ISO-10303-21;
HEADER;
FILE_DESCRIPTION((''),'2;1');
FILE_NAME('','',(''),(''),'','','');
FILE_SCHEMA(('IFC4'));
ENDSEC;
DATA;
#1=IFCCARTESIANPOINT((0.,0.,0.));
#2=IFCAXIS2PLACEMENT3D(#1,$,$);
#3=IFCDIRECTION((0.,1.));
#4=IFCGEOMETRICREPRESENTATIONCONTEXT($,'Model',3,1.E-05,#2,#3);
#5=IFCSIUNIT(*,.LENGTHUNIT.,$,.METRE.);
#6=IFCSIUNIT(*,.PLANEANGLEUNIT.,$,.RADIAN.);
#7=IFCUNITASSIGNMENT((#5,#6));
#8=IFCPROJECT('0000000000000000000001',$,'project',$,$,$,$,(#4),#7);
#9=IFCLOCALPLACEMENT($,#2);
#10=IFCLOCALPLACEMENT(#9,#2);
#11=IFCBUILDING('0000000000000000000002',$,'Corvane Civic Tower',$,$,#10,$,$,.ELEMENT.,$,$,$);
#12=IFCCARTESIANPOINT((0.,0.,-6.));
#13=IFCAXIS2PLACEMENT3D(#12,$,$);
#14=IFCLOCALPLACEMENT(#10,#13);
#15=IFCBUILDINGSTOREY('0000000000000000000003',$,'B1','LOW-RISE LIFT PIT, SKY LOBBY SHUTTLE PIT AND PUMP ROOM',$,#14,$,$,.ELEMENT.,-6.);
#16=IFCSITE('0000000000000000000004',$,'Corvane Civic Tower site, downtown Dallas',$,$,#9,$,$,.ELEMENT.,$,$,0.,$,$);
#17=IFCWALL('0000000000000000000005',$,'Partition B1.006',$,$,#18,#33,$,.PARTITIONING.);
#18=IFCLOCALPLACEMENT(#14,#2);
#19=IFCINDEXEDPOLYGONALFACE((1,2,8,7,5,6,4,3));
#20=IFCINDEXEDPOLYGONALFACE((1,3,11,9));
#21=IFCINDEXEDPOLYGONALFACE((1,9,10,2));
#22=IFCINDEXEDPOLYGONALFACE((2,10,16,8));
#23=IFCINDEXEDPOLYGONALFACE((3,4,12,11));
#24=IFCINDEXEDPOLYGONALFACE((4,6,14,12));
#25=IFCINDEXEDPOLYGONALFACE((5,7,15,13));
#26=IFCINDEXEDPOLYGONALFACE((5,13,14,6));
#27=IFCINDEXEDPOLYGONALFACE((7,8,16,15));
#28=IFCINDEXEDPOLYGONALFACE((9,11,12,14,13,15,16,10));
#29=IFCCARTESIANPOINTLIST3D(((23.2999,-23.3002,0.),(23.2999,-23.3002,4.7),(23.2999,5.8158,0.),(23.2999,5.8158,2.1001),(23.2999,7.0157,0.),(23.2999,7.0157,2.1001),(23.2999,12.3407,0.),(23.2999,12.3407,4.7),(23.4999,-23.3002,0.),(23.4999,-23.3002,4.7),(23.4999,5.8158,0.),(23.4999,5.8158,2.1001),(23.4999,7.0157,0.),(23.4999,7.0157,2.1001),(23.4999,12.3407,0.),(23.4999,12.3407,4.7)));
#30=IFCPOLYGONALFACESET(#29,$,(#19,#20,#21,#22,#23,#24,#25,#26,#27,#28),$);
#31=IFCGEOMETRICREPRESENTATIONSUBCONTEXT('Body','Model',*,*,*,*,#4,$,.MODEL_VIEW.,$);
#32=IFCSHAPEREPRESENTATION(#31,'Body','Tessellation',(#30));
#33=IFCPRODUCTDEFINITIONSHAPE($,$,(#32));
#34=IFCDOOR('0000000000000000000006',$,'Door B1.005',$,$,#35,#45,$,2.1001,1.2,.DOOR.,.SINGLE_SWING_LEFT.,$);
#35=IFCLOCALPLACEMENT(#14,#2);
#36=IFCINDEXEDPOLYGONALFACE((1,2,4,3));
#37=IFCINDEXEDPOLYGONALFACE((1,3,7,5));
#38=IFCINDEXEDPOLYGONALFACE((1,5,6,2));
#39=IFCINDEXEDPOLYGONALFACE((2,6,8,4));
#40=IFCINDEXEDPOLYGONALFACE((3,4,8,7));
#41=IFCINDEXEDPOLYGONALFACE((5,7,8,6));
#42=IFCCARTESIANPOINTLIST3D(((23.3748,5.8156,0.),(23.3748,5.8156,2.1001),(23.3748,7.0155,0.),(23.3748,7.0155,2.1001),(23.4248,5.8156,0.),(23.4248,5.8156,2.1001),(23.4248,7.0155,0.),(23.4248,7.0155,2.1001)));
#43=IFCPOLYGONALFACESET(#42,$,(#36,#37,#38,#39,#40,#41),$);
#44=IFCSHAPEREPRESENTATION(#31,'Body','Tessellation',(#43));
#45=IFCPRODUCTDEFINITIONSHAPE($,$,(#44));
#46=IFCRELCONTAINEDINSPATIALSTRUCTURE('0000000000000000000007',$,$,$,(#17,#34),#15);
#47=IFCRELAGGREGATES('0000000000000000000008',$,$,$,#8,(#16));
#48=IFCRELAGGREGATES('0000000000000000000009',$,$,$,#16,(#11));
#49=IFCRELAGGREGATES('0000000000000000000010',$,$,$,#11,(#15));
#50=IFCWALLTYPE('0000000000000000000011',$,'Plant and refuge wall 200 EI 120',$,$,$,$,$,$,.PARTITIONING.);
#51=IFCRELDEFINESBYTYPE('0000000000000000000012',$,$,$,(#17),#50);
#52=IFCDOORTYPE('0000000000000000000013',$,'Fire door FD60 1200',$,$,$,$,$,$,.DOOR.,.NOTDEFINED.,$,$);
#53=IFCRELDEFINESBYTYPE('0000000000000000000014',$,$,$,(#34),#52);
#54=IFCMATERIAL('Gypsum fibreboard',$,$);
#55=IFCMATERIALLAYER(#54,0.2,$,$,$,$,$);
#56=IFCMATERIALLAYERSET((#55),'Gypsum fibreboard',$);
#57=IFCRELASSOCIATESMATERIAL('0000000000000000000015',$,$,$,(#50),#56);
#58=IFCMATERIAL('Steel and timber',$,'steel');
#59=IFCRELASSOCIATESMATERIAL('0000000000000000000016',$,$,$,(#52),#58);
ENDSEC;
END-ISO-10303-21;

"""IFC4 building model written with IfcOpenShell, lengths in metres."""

from ifc_helpers import new_model, si_unit, direction, frame, frame_2d, origin, place, context, subcontext, project, spatial, rectangle, extrude, material, layer, layer_set, type_object, element, fill, save


model = new_model("IFC4")

# Units and contexts
model_context = context("Model", 3, precision=1e-05, world=origin(), true_north=direction((0.0, 1.0)))
body_context = subcontext(model_context, "Body", "Model", "MODEL_VIEW")
ifc_project = project(units=[si_unit("LENGTHUNIT", "METRE"), si_unit("PLANEANGLEUNIT", "RADIAN")], contexts=[model_context])

# Site, building, storey
site_placement = place(None, origin())
site = spatial("IfcSite", under=ifc_project, at=site_placement, Name="Corvane Civic Tower site, downtown Dallas", CompositionType="ELEMENT", RefElevation=0.0)
building_placement = place(site_placement, origin())
building = spatial("IfcBuilding", under=site, at=building_placement, Name="Corvane Civic Tower", CompositionType="ELEMENT")
storey_placement = place(building_placement, frame((0.0, 0.0, -6.0)))
storey = spatial("IfcBuildingStorey", under=building, at=storey_placement, Name="B1", Description="LOW-RISE LIFT PIT, SKY LOBBY SHUTTLE PIT AND PUMP ROOM", CompositionType="ELEMENT", Elevation=-6.0)

# Wall, opening, door
ifc_material_1 = material(Name="Gypsum fibreboard")
ifc_layer_1 = layer(ifc_material_1, 0.2)
ifc_layer_set_1 = layer_set([ifc_layer_1], Name="Gypsum fibreboard")
wall_type = type_object("IfcWallType", Name="Plant and refuge wall 200 EI 120", PredefinedType="PARTITIONING", material=ifc_layer_set_1)
wall_placement = place(storey_placement, frame((23.3999, -23.3, 0.0), z_axis=(0.0, 0.0, 1.0), x_axis=(0.0, 1.0, 0.0)))
wall = element("IfcWall", 1, at=wall_placement, inside=storey, type_object=wall_type, Name="Partition B1.006", PredefinedType="PARTITIONING", context=body_context, shape_type="SweptSolid", body=[
    extrude(rectangle(XDim=35.6409, YDim=0.2, at=frame_2d((17.8203, 0.0))), origin(), (0.0, 0.0, 1.0), 4.7),
])
opening_placement = place(wall_placement, frame((29.1157, 0.0, 0.0)))
opening = element("IfcOpeningElement", 2, at=opening_placement, cuts=wall, PredefinedType="OPENING", context=body_context, shape_type="SweptSolid", body=[
    extrude(rectangle(XDim=1.2, YDim=2.1001, at=frame_2d((0.6001, 1.05))), frame((0.0, 0.1099, 0.0), z_axis=(0.0, -1.0, 0.0), x_axis=(1.0, 0.0, 0.0)), (0.0, 0.0, 1.0), 0.22),
])
ifc_material_2 = material(Name="Steel and timber", Category="steel")
door_type = type_object("IfcDoorType", Name="Fire door FD60 1200", OperationType="NOTDEFINED", PredefinedType="DOOR", material=ifc_material_2)
door_placement = place(opening_placement, frame((1.2, 0.0, 0.0), z_axis=(0.0, 0.0, 1.0), x_axis=(-1.0, 0.0, 0.0)))
door = element("IfcDoor", 3, at=door_placement, inside=storey, type_object=door_type, Name="Door B1.005", OperationType="SINGLE_SWING_LEFT", OverallHeight=2.1001, OverallWidth=1.2, PredefinedType="DOOR", context=body_context, shape_type="SweptSolid", body=[
    extrude(rectangle(XDim=1.2, YDim=2.1001, at=frame_2d((0.6001, 1.05))), frame((0.0, 0.0249, 0.0), z_axis=(0.0, -1.0, 0.0), x_axis=(1.0, 0.0, 0.0)), (0.0, 0.0, 1.0), 0.05),
])
fill(opening, door)

save(model, "model.ifc")
